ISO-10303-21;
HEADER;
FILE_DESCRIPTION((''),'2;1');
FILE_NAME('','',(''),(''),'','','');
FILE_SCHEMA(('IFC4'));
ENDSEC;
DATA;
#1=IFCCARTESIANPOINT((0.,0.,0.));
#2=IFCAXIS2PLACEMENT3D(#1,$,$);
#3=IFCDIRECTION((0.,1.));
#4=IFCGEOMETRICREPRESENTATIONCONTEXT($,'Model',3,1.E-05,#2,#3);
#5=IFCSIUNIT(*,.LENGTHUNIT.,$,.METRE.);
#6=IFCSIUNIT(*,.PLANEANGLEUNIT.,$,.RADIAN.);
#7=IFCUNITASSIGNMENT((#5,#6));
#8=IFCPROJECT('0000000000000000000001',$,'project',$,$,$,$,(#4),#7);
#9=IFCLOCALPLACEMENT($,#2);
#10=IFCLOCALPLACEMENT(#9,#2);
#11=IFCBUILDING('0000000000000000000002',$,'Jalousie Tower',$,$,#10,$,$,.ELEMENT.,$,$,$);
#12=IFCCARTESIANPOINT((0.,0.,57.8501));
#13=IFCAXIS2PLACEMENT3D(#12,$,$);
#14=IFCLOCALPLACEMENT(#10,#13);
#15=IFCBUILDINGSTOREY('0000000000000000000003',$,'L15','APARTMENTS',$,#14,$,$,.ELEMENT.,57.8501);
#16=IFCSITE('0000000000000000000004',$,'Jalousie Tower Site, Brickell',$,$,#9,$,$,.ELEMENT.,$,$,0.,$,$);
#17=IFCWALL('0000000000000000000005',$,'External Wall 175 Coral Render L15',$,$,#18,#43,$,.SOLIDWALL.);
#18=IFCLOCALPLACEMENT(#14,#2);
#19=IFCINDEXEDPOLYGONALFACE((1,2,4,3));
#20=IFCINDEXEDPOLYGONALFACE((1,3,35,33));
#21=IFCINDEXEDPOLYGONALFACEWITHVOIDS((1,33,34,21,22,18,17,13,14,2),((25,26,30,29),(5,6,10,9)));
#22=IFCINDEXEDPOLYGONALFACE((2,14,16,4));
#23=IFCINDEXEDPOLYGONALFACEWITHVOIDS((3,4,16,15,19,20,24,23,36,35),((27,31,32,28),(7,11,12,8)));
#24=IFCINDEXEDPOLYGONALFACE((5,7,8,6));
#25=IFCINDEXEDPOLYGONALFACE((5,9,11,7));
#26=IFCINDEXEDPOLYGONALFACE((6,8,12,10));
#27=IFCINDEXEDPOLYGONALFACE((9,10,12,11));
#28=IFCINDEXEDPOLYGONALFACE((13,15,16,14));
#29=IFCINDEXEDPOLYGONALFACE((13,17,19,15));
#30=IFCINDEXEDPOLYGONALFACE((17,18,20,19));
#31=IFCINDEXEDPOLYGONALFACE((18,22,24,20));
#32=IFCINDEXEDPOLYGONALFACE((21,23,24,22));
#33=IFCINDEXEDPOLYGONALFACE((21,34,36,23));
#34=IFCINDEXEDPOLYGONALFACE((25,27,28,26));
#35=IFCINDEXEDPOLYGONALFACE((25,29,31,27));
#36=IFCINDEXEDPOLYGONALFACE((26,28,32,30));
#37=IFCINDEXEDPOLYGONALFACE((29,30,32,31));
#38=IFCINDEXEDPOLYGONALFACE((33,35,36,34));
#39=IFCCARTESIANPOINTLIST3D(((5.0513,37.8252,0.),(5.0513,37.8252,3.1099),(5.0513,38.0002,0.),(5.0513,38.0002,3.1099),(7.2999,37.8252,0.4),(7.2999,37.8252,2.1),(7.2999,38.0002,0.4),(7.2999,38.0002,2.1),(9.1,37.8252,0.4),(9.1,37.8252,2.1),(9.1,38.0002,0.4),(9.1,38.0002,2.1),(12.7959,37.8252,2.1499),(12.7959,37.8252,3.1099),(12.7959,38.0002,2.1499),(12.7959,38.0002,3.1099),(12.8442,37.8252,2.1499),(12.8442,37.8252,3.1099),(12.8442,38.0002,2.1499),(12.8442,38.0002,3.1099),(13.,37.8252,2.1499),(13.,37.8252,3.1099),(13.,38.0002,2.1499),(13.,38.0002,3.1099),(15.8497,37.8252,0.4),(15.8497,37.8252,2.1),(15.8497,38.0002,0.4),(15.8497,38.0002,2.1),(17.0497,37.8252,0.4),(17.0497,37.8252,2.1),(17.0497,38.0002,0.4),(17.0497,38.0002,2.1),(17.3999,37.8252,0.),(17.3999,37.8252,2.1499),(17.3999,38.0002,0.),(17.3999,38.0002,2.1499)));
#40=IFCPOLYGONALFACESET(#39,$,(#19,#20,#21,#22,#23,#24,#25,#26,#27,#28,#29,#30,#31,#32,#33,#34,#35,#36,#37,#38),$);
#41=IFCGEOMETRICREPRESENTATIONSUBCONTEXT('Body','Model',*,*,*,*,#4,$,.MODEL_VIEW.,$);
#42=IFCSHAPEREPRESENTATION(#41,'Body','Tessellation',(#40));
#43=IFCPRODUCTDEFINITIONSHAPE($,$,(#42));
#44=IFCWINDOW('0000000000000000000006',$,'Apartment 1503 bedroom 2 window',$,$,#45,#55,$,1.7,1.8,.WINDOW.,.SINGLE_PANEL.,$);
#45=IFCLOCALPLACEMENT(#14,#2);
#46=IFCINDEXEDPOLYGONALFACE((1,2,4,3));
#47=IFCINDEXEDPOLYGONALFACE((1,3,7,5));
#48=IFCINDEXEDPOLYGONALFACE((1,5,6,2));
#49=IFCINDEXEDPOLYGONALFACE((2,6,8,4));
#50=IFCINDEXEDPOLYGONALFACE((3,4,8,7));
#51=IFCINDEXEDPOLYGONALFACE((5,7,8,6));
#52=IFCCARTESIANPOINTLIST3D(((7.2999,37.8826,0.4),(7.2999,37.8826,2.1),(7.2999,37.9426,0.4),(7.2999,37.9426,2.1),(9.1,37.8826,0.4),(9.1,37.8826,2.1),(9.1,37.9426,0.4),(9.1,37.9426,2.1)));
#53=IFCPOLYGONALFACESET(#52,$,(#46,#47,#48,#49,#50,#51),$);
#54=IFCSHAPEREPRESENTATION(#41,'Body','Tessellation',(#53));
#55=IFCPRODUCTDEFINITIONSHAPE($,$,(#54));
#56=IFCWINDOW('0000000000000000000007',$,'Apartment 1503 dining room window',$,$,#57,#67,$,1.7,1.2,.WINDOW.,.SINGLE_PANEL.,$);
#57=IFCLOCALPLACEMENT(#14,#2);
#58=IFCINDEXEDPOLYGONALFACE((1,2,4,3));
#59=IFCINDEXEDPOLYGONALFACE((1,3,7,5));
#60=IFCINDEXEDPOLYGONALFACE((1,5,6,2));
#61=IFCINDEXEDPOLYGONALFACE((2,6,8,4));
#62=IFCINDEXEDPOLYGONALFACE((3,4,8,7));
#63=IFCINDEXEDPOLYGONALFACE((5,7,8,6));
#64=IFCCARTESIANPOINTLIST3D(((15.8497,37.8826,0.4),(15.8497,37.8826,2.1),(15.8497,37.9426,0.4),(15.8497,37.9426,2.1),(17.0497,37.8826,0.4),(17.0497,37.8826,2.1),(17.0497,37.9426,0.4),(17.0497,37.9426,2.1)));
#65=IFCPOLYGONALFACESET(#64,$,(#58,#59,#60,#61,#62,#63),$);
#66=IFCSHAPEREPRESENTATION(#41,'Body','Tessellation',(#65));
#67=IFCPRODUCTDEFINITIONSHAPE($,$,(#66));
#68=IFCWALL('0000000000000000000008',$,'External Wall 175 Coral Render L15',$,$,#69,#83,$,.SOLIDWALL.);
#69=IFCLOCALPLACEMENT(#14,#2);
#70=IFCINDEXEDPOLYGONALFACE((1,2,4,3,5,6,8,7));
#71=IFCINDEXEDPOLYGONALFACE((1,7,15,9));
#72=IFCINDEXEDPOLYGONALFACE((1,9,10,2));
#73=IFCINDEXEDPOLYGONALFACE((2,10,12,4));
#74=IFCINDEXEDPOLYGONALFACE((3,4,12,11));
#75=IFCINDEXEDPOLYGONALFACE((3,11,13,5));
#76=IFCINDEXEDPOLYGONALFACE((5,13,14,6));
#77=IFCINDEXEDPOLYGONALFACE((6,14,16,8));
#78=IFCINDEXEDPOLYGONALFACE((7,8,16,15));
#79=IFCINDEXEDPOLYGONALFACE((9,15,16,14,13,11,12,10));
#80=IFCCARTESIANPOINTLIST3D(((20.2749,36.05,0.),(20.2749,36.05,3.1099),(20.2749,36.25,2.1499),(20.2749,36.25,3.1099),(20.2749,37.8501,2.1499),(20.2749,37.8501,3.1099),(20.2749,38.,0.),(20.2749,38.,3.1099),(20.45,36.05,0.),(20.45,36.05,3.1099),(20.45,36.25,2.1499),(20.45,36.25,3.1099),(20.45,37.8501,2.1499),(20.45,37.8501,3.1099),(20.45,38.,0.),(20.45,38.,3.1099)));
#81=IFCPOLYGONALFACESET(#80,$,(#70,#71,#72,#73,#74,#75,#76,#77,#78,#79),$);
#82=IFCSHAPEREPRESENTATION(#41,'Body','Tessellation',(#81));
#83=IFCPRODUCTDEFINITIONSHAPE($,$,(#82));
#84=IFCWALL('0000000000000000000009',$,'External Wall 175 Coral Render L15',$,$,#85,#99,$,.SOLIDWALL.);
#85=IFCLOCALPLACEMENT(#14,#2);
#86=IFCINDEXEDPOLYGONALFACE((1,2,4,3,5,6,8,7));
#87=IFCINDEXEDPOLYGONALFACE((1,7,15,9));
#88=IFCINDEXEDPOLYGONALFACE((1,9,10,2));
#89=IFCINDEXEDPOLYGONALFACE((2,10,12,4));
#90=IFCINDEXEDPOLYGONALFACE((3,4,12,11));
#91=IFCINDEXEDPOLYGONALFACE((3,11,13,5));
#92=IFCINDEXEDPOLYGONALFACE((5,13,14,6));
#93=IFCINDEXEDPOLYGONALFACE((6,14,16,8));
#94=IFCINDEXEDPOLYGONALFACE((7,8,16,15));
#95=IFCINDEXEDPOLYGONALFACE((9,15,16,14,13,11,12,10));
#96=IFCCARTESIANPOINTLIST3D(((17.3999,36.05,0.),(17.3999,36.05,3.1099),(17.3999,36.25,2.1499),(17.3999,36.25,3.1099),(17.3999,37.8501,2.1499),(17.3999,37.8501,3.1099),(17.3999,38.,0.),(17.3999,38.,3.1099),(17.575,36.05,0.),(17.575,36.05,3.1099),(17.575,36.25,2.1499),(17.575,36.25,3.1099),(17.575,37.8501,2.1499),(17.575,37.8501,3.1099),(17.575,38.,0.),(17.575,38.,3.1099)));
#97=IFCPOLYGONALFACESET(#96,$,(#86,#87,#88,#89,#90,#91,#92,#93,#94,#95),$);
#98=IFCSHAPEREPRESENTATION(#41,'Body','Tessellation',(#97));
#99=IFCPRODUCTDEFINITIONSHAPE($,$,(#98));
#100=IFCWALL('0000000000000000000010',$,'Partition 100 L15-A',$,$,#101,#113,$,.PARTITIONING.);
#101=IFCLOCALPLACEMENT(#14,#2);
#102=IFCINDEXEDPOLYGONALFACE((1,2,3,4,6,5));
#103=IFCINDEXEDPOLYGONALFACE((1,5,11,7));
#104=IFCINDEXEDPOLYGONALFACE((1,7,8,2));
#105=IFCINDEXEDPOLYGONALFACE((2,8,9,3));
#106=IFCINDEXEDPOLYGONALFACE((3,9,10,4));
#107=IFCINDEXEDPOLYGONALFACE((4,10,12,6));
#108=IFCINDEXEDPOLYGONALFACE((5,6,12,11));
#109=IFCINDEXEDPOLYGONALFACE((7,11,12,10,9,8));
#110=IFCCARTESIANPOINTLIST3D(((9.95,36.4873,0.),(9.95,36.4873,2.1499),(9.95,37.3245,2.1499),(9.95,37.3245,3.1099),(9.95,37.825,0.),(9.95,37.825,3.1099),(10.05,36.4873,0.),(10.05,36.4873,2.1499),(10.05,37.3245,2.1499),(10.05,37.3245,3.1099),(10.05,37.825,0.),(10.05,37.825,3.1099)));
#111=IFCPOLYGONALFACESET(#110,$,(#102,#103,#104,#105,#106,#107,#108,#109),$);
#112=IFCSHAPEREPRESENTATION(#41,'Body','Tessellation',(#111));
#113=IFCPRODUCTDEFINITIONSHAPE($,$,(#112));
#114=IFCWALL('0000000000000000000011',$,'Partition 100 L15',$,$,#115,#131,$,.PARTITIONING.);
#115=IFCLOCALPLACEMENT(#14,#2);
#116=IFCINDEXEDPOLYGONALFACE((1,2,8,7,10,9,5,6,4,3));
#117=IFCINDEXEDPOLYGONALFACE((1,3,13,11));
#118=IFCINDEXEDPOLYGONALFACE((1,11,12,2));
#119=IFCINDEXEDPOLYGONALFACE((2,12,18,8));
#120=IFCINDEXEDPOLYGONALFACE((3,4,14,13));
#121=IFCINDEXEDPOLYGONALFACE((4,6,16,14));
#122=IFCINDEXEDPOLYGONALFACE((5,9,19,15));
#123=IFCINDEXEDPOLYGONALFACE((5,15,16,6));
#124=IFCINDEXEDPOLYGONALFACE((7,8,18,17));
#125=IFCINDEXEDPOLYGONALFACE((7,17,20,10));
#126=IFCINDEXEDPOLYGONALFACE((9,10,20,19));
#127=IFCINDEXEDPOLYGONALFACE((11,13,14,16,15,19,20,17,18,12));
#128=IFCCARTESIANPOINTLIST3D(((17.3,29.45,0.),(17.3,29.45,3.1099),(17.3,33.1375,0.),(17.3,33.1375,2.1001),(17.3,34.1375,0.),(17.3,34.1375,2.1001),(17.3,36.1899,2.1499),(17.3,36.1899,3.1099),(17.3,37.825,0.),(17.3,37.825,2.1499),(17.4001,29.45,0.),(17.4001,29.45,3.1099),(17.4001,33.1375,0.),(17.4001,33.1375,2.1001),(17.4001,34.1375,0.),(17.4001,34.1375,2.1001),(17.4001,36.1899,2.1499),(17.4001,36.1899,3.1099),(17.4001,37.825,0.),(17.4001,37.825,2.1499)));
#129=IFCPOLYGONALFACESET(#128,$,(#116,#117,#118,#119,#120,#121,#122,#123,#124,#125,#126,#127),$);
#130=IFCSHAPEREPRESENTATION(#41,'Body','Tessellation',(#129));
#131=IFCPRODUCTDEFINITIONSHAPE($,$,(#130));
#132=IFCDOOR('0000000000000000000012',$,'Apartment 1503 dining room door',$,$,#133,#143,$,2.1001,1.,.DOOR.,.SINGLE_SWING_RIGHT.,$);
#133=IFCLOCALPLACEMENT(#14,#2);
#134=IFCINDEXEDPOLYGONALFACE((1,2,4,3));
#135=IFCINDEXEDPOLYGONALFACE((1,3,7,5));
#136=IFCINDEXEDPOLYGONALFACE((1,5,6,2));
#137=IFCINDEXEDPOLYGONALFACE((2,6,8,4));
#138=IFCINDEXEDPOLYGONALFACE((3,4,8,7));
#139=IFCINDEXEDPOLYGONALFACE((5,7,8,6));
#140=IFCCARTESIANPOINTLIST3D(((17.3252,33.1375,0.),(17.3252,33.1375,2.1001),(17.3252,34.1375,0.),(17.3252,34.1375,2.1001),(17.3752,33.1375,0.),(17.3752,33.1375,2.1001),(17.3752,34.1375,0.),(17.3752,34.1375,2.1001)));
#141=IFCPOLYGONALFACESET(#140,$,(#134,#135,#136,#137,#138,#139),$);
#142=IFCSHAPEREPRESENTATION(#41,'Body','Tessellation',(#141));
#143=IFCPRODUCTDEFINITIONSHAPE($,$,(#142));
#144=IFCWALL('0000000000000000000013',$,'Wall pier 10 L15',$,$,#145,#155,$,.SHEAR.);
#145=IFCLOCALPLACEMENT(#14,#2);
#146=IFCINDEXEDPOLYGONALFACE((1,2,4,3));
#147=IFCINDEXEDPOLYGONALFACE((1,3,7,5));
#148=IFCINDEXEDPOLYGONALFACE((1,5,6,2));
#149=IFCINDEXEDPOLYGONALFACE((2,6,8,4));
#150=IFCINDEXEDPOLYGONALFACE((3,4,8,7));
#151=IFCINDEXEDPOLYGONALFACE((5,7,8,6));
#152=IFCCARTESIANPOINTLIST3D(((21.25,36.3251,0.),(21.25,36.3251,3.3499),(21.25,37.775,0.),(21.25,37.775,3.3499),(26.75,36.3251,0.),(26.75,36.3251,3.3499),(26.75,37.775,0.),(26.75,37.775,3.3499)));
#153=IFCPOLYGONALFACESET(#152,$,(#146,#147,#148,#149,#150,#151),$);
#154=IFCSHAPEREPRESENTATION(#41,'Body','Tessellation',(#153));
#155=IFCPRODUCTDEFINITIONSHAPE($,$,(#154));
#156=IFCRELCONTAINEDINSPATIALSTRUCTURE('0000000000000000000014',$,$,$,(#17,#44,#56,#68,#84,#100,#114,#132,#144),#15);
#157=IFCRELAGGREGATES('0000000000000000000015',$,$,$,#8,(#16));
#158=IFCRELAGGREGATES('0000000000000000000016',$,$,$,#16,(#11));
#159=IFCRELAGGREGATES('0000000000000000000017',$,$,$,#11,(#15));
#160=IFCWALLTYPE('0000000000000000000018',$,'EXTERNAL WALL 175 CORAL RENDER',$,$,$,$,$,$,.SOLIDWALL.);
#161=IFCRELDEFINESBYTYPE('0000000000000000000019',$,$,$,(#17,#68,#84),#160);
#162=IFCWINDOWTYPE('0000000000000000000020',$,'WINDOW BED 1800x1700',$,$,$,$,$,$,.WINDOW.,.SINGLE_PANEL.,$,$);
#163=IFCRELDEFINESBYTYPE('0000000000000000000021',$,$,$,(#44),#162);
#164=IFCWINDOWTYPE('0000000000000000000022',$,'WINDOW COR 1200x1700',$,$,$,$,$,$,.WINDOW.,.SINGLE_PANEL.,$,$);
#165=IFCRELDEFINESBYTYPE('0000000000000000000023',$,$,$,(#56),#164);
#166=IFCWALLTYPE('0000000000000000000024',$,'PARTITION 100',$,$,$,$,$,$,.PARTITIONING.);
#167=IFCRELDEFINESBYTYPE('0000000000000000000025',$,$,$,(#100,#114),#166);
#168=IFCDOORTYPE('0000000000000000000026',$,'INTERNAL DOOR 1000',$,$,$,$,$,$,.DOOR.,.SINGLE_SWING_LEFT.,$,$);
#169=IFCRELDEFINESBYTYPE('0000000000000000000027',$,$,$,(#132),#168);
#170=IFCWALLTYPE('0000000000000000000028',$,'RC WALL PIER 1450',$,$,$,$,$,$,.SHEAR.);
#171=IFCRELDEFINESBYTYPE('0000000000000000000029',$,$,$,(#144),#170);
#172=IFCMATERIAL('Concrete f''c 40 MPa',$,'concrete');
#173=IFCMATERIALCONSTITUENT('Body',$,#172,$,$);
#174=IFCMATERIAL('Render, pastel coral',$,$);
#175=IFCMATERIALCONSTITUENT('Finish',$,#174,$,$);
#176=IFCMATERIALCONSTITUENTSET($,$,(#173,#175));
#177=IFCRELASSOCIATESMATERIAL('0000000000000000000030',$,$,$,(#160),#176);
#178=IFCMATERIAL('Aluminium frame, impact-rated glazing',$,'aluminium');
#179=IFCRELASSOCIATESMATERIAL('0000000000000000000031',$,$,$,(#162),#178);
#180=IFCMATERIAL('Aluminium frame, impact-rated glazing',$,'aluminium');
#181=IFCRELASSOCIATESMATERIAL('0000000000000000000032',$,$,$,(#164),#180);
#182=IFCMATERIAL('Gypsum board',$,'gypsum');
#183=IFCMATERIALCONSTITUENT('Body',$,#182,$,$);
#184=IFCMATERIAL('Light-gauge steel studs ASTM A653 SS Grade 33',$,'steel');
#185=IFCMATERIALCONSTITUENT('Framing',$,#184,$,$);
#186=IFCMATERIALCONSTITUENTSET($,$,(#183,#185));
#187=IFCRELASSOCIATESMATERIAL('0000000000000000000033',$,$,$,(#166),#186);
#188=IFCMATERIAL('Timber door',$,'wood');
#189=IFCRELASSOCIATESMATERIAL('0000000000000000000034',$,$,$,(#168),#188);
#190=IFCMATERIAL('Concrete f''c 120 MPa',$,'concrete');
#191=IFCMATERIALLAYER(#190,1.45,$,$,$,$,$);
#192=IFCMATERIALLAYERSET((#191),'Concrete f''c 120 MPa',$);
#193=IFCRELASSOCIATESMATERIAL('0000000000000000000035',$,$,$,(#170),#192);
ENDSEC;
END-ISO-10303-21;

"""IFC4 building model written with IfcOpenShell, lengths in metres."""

from ifc_helpers import new_model, si_unit, direction, frame, frame_2d, origin, place, context, subcontext, project, spatial, polyline, rectangle, outline, extrude, material, layer, layer_set, constituent, constituent_set, type_object, element, fill, save


model = new_model("IFC4")

# Units and contexts
model_context = context("Model", 3, precision=1e-05, world=origin(), true_north=direction((0.0, 1.0)))
body_context = subcontext(model_context, "Body", "Model", "MODEL_VIEW")
ifc_project = project(units=[si_unit("LENGTHUNIT", "METRE"), si_unit("PLANEANGLEUNIT", "RADIAN")], contexts=[model_context])

# Site, building, storey
site_placement = place(None, origin())
site = spatial("IfcSite", under=ifc_project, at=site_placement, Name="Jalousie Tower Site, Brickell", CompositionType="ELEMENT", RefElevation=0.0)
building_placement = place(site_placement, origin())
building = spatial("IfcBuilding", under=site, at=building_placement, Name="Jalousie Tower", CompositionType="ELEMENT")
storey_placement = place(building_placement, frame((0.0, 0.0, 57.8501)))
storey = spatial("IfcBuildingStorey", under=building, at=storey_placement, Name="L15", Description="APARTMENTS", CompositionType="ELEMENT", Elevation=57.8501)

# Wall, openings, windows
ifc_material_1 = material(Name="Concrete f'c 40 MPa", Category="concrete")
ifc_constituent_1 = constituent(ifc_material_1, Name="Body")
ifc_material_2 = material(Name="Render, pastel coral")
ifc_constituent_2 = constituent(ifc_material_2, Name="Finish")
ifc_constituent_set_1 = constituent_set(constituents=[ifc_constituent_1, ifc_constituent_2])
wall_type_1 = type_object("IfcWallType", Name="EXTERNAL WALL 175 CORAL RENDER", PredefinedType="SOLIDWALL", material=ifc_constituent_set_1)
wall_1_placement = place(storey_placement, frame((17.3999, 37.9126, 0.0), z_axis=(0.0, 0.0, 1.0), x_axis=(-1.0, 0.0, 0.0)))
wall_1 = element("IfcWall", 1, at=wall_1_placement, inside=storey, type_object=wall_type_1, Name="External Wall 175 Coral Render L15", PredefinedType="SOLIDWALL", context=body_context, shape_type="SweptSolid", body=[
    extrude(outline(polyline([(0.0, 0.0), (12.3486, 0.0), (12.3486, 3.1099), (4.604, 3.1099), (4.604, 2.1499), (4.5557, 2.1499), (4.5557, 3.1099), (4.3999, 3.1099), (4.3999, 2.1499), (0.0, 2.1499), (0.0, 0.0)])), frame((0.0, 0.0874, 0.0), z_axis=(0.0, -1.0, 0.0), x_axis=(1.0, 0.0, 0.0)), (0.0, 0.0, 1.0), 0.175),
])
opening_1_placement = place(wall_1_placement, frame((0.3501, 0.0, 0.3999)))
opening_1 = element("IfcOpeningElement", 2, at=opening_1_placement, cuts=wall_1, PredefinedType="OPENING", context=body_context, shape_type="SweptSolid", body=[
    extrude(rectangle(XDim=1.2, YDim=1.7, at=frame_2d((0.6001, 0.8501))), frame((0.0, 0.0974, 0.0), z_axis=(0.0, -1.0, 0.0), x_axis=(1.0, 0.0, 0.0)), (0.0, 0.0, 1.0), 0.1951),
])
opening_2_placement = place(wall_1_placement, frame((8.3, 0.0, 0.3999)))
opening_2 = element("IfcOpeningElement", 3, at=opening_2_placement, cuts=wall_1, PredefinedType="OPENING", context=body_context, shape_type="SweptSolid", body=[
    extrude(rectangle(XDim=1.8, YDim=1.7, at=frame_2d((0.8999, 0.8501))), frame((0.0, 0.0974, 0.0), z_axis=(0.0, -1.0, 0.0), x_axis=(1.0, 0.0, 0.0)), (0.0, 0.0, 1.0), 0.1951),
])
ifc_material_3 = material(Name="Aluminium frame, impact-rated glazing", Category="aluminium")
window_type_1 = type_object("IfcWindowType", Name="WINDOW BED 1800x1700", PartitioningType="SINGLE_PANEL", PredefinedType="WINDOW", material=ifc_material_3)
window_1_placement = place(opening_2_placement, origin())
window_1 = element("IfcWindow", 4, at=window_1_placement, inside=storey, type_object=window_type_1, Name="Apartment 1503 bedroom 2 window", OverallHeight=1.7, OverallWidth=1.8, PartitioningType="SINGLE_PANEL", PredefinedType="WINDOW", context=body_context, shape_type="SweptSolid", body=[
    extrude(rectangle(XDim=1.8, YDim=1.7, at=frame_2d((0.8999, 0.8501))), frame((0.0, 0.03, 0.0), z_axis=(0.0, -1.0, 0.0), x_axis=(1.0, 0.0, 0.0)), (0.0, 0.0, 1.0), 0.0601),
])
fill(opening_2, window_1)
ifc_material_4 = material(Name="Aluminium frame, impact-rated glazing", Category="aluminium")
window_type_2 = type_object("IfcWindowType", Name="WINDOW COR 1200x1700", PartitioningType="SINGLE_PANEL", PredefinedType="WINDOW", material=ifc_material_4)
window_2_placement = place(opening_1_placement, origin())
window_2 = element("IfcWindow", 5, at=window_2_placement, inside=storey, type_object=window_type_2, Name="Apartment 1503 dining room window", OverallHeight=1.7, OverallWidth=1.2, PartitioningType="SINGLE_PANEL", PredefinedType="WINDOW", context=body_context, shape_type="SweptSolid", body=[
    extrude(rectangle(XDim=1.2, YDim=1.7, at=frame_2d((0.6001, 0.8501))), frame((0.0, 0.03, 0.0), z_axis=(0.0, -1.0, 0.0), x_axis=(1.0, 0.0, 0.0)), (0.0, 0.0, 1.0), 0.0601),
])
fill(opening_1, window_2)

# Walls
for number, where, z_axis, x_axis, name in (
    (6, (20.3625, 38.0, 0.0), (0.0, 0.0, 1.0), (0.0, -1.0, 0.0), "External Wall 175 Coral Render L15"),
    (7, (17.4875, 38.0, 0.0), (0.0, 0.0, 1.0), (0.0, -1.0, 0.0), "External Wall 175 Coral Render L15"),
):
    element("IfcWall", number, at=place(storey_placement, frame(where, z_axis=z_axis, x_axis=x_axis)), inside=storey, type_object=wall_type_1, Name=name, PredefinedType="SOLIDWALL", context=body_context, shape_type="SweptSolid", body=[
        extrude(outline(polyline([(0.0, 0.0), (1.95, 0.0), (1.95, 3.1099), (1.75, 3.1099), (1.75, 2.1499), (0.1499, 2.1499), (0.1499, 3.1099), (0.0, 3.1099), (0.0, 0.0)])), frame((0.0, 0.0874, 0.0), z_axis=(0.0, -1.0, 0.0), x_axis=(1.0, 0.0, 0.0)), (0.0, 0.0, 1.0), 0.175),
    ])
ifc_material_5 = material(Name="Gypsum board", Category="gypsum")
ifc_constituent_3 = constituent(ifc_material_5, Name="Body")
ifc_material_6 = material(Name="Light-gauge steel studs ASTM A653 SS Grade 33", Category="steel")
ifc_constituent_4 = constituent(ifc_material_6, Name="Framing")
ifc_constituent_set_2 = constituent_set(constituents=[ifc_constituent_3, ifc_constituent_4])
wall_type_2 = type_object("IfcWallType", Name="PARTITION 100", PredefinedType="PARTITIONING", material=ifc_constituent_set_2)
wall_2_placement = place(storey_placement, frame((10.0, 37.825, 0.0), z_axis=(0.0, 0.0, 1.0), x_axis=(0.0, -1.0, 0.0)))
element("IfcWall", 8, at=wall_2_placement, inside=storey, type_object=wall_type_2, Name="Partition 100 L15-A", PredefinedType="PARTITIONING", context=body_context, shape_type="SweptSolid", body=[
    extrude(outline(polyline([(0.0, 0.0), (1.3376, 0.0), (1.3376, 2.1499), (0.5005, 2.1499), (0.5005, 3.1099), (0.0, 3.1099), (0.0, 0.0)])), frame((0.0, 0.05, 0.0), z_axis=(0.0, -1.0, 0.0), x_axis=(1.0, 0.0, 0.0)), (0.0, 0.0, 1.0), 0.1001),
])

# Wall, opening, door
wall_3_placement = place(storey_placement, frame((17.3501, 37.825, 0.0), z_axis=(0.0, 0.0, 1.0), x_axis=(0.0, -1.0, 0.0)))
wall_3 = element("IfcWall", 9, at=wall_3_placement, inside=storey, type_object=wall_type_2, Name="Partition 100 L15", PredefinedType="PARTITIONING", context=body_context, shape_type="SweptSolid", body=[
    extrude(outline(polyline([(0.0, 0.0), (8.375, 0.0), (8.375, 3.1099), (1.635, 3.1099), (1.635, 2.1499), (0.0, 2.1499), (0.0, 3.1099), (0.0, 0.0)])), frame((0.0, 0.05, 0.0), z_axis=(0.0, -1.0, 0.0), x_axis=(1.0, 0.0, 0.0)), (0.0, 0.0, 1.0), 0.1001),
])
opening_3_placement = place(wall_3_placement, frame((3.6875, 0.0, 0.0)))
opening_3 = element("IfcOpeningElement", 10, at=opening_3_placement, cuts=wall_3, PredefinedType="OPENING", context=body_context, shape_type="SweptSolid", body=[
    extrude(rectangle(XDim=1.0, YDim=2.1001, at=frame_2d((0.5, 1.05))), frame((0.0, 0.0601, 0.0), z_axis=(0.0, -1.0, 0.0), x_axis=(1.0, 0.0, 0.0)), (0.0, 0.0, 1.0), 0.1201),
])
ifc_material_7 = material(Name="Timber door", Category="wood")
door_type = type_object("IfcDoorType", Name="INTERNAL DOOR 1000", OperationType="SINGLE_SWING_LEFT", PredefinedType="DOOR", material=ifc_material_7)
door_placement = place(opening_3_placement, frame((1.0, 0.0, 0.0), z_axis=(0.0, 0.0, 1.0), x_axis=(-1.0, 0.0, 0.0)))
door = element("IfcDoor", 11, at=door_placement, inside=storey, type_object=door_type, Name="Apartment 1503 dining room door", OperationType="SINGLE_SWING_RIGHT", OverallHeight=2.1001, OverallWidth=1.0, PredefinedType="DOOR", context=body_context, shape_type="SweptSolid", body=[
    extrude(rectangle(XDim=1.0, YDim=2.1001, at=frame_2d((0.5, 1.05))), frame((0.0, 0.0249, 0.0), z_axis=(0.0, -1.0, 0.0), x_axis=(1.0, 0.0, 0.0)), (0.0, 0.0, 1.0), 0.05),
])
fill(opening_3, door)

# Wall
ifc_material_8 = material(Name="Concrete f'c 120 MPa", Category="concrete")
ifc_layer_1 = layer(ifc_material_8, 1.45)
ifc_layer_set_1 = layer_set([ifc_layer_1], Name="Concrete f'c 120 MPa")
wall_type_3 = type_object("IfcWallType", Name="RC WALL PIER 1450", PredefinedType="SHEAR", material=ifc_layer_set_1)
wall_4_placement = place(storey_placement, frame((21.25, 37.05, 0.0), z_axis=(0.0, 0.0, 1.0), x_axis=(1.0, 0.0, 0.0)))
element("IfcWall", 12, at=wall_4_placement, inside=storey, type_object=wall_type_3, Name="Wall pier 10 L15", PredefinedType="SHEAR", context=body_context, shape_type="SweptSolid", body=[
    extrude(rectangle(XDim=5.5, YDim=1.45, at=frame_2d((2.75, 0.0))), origin(), (0.0, 0.0, 1.0), 3.3499),
])

save(model, "model.ifc")
